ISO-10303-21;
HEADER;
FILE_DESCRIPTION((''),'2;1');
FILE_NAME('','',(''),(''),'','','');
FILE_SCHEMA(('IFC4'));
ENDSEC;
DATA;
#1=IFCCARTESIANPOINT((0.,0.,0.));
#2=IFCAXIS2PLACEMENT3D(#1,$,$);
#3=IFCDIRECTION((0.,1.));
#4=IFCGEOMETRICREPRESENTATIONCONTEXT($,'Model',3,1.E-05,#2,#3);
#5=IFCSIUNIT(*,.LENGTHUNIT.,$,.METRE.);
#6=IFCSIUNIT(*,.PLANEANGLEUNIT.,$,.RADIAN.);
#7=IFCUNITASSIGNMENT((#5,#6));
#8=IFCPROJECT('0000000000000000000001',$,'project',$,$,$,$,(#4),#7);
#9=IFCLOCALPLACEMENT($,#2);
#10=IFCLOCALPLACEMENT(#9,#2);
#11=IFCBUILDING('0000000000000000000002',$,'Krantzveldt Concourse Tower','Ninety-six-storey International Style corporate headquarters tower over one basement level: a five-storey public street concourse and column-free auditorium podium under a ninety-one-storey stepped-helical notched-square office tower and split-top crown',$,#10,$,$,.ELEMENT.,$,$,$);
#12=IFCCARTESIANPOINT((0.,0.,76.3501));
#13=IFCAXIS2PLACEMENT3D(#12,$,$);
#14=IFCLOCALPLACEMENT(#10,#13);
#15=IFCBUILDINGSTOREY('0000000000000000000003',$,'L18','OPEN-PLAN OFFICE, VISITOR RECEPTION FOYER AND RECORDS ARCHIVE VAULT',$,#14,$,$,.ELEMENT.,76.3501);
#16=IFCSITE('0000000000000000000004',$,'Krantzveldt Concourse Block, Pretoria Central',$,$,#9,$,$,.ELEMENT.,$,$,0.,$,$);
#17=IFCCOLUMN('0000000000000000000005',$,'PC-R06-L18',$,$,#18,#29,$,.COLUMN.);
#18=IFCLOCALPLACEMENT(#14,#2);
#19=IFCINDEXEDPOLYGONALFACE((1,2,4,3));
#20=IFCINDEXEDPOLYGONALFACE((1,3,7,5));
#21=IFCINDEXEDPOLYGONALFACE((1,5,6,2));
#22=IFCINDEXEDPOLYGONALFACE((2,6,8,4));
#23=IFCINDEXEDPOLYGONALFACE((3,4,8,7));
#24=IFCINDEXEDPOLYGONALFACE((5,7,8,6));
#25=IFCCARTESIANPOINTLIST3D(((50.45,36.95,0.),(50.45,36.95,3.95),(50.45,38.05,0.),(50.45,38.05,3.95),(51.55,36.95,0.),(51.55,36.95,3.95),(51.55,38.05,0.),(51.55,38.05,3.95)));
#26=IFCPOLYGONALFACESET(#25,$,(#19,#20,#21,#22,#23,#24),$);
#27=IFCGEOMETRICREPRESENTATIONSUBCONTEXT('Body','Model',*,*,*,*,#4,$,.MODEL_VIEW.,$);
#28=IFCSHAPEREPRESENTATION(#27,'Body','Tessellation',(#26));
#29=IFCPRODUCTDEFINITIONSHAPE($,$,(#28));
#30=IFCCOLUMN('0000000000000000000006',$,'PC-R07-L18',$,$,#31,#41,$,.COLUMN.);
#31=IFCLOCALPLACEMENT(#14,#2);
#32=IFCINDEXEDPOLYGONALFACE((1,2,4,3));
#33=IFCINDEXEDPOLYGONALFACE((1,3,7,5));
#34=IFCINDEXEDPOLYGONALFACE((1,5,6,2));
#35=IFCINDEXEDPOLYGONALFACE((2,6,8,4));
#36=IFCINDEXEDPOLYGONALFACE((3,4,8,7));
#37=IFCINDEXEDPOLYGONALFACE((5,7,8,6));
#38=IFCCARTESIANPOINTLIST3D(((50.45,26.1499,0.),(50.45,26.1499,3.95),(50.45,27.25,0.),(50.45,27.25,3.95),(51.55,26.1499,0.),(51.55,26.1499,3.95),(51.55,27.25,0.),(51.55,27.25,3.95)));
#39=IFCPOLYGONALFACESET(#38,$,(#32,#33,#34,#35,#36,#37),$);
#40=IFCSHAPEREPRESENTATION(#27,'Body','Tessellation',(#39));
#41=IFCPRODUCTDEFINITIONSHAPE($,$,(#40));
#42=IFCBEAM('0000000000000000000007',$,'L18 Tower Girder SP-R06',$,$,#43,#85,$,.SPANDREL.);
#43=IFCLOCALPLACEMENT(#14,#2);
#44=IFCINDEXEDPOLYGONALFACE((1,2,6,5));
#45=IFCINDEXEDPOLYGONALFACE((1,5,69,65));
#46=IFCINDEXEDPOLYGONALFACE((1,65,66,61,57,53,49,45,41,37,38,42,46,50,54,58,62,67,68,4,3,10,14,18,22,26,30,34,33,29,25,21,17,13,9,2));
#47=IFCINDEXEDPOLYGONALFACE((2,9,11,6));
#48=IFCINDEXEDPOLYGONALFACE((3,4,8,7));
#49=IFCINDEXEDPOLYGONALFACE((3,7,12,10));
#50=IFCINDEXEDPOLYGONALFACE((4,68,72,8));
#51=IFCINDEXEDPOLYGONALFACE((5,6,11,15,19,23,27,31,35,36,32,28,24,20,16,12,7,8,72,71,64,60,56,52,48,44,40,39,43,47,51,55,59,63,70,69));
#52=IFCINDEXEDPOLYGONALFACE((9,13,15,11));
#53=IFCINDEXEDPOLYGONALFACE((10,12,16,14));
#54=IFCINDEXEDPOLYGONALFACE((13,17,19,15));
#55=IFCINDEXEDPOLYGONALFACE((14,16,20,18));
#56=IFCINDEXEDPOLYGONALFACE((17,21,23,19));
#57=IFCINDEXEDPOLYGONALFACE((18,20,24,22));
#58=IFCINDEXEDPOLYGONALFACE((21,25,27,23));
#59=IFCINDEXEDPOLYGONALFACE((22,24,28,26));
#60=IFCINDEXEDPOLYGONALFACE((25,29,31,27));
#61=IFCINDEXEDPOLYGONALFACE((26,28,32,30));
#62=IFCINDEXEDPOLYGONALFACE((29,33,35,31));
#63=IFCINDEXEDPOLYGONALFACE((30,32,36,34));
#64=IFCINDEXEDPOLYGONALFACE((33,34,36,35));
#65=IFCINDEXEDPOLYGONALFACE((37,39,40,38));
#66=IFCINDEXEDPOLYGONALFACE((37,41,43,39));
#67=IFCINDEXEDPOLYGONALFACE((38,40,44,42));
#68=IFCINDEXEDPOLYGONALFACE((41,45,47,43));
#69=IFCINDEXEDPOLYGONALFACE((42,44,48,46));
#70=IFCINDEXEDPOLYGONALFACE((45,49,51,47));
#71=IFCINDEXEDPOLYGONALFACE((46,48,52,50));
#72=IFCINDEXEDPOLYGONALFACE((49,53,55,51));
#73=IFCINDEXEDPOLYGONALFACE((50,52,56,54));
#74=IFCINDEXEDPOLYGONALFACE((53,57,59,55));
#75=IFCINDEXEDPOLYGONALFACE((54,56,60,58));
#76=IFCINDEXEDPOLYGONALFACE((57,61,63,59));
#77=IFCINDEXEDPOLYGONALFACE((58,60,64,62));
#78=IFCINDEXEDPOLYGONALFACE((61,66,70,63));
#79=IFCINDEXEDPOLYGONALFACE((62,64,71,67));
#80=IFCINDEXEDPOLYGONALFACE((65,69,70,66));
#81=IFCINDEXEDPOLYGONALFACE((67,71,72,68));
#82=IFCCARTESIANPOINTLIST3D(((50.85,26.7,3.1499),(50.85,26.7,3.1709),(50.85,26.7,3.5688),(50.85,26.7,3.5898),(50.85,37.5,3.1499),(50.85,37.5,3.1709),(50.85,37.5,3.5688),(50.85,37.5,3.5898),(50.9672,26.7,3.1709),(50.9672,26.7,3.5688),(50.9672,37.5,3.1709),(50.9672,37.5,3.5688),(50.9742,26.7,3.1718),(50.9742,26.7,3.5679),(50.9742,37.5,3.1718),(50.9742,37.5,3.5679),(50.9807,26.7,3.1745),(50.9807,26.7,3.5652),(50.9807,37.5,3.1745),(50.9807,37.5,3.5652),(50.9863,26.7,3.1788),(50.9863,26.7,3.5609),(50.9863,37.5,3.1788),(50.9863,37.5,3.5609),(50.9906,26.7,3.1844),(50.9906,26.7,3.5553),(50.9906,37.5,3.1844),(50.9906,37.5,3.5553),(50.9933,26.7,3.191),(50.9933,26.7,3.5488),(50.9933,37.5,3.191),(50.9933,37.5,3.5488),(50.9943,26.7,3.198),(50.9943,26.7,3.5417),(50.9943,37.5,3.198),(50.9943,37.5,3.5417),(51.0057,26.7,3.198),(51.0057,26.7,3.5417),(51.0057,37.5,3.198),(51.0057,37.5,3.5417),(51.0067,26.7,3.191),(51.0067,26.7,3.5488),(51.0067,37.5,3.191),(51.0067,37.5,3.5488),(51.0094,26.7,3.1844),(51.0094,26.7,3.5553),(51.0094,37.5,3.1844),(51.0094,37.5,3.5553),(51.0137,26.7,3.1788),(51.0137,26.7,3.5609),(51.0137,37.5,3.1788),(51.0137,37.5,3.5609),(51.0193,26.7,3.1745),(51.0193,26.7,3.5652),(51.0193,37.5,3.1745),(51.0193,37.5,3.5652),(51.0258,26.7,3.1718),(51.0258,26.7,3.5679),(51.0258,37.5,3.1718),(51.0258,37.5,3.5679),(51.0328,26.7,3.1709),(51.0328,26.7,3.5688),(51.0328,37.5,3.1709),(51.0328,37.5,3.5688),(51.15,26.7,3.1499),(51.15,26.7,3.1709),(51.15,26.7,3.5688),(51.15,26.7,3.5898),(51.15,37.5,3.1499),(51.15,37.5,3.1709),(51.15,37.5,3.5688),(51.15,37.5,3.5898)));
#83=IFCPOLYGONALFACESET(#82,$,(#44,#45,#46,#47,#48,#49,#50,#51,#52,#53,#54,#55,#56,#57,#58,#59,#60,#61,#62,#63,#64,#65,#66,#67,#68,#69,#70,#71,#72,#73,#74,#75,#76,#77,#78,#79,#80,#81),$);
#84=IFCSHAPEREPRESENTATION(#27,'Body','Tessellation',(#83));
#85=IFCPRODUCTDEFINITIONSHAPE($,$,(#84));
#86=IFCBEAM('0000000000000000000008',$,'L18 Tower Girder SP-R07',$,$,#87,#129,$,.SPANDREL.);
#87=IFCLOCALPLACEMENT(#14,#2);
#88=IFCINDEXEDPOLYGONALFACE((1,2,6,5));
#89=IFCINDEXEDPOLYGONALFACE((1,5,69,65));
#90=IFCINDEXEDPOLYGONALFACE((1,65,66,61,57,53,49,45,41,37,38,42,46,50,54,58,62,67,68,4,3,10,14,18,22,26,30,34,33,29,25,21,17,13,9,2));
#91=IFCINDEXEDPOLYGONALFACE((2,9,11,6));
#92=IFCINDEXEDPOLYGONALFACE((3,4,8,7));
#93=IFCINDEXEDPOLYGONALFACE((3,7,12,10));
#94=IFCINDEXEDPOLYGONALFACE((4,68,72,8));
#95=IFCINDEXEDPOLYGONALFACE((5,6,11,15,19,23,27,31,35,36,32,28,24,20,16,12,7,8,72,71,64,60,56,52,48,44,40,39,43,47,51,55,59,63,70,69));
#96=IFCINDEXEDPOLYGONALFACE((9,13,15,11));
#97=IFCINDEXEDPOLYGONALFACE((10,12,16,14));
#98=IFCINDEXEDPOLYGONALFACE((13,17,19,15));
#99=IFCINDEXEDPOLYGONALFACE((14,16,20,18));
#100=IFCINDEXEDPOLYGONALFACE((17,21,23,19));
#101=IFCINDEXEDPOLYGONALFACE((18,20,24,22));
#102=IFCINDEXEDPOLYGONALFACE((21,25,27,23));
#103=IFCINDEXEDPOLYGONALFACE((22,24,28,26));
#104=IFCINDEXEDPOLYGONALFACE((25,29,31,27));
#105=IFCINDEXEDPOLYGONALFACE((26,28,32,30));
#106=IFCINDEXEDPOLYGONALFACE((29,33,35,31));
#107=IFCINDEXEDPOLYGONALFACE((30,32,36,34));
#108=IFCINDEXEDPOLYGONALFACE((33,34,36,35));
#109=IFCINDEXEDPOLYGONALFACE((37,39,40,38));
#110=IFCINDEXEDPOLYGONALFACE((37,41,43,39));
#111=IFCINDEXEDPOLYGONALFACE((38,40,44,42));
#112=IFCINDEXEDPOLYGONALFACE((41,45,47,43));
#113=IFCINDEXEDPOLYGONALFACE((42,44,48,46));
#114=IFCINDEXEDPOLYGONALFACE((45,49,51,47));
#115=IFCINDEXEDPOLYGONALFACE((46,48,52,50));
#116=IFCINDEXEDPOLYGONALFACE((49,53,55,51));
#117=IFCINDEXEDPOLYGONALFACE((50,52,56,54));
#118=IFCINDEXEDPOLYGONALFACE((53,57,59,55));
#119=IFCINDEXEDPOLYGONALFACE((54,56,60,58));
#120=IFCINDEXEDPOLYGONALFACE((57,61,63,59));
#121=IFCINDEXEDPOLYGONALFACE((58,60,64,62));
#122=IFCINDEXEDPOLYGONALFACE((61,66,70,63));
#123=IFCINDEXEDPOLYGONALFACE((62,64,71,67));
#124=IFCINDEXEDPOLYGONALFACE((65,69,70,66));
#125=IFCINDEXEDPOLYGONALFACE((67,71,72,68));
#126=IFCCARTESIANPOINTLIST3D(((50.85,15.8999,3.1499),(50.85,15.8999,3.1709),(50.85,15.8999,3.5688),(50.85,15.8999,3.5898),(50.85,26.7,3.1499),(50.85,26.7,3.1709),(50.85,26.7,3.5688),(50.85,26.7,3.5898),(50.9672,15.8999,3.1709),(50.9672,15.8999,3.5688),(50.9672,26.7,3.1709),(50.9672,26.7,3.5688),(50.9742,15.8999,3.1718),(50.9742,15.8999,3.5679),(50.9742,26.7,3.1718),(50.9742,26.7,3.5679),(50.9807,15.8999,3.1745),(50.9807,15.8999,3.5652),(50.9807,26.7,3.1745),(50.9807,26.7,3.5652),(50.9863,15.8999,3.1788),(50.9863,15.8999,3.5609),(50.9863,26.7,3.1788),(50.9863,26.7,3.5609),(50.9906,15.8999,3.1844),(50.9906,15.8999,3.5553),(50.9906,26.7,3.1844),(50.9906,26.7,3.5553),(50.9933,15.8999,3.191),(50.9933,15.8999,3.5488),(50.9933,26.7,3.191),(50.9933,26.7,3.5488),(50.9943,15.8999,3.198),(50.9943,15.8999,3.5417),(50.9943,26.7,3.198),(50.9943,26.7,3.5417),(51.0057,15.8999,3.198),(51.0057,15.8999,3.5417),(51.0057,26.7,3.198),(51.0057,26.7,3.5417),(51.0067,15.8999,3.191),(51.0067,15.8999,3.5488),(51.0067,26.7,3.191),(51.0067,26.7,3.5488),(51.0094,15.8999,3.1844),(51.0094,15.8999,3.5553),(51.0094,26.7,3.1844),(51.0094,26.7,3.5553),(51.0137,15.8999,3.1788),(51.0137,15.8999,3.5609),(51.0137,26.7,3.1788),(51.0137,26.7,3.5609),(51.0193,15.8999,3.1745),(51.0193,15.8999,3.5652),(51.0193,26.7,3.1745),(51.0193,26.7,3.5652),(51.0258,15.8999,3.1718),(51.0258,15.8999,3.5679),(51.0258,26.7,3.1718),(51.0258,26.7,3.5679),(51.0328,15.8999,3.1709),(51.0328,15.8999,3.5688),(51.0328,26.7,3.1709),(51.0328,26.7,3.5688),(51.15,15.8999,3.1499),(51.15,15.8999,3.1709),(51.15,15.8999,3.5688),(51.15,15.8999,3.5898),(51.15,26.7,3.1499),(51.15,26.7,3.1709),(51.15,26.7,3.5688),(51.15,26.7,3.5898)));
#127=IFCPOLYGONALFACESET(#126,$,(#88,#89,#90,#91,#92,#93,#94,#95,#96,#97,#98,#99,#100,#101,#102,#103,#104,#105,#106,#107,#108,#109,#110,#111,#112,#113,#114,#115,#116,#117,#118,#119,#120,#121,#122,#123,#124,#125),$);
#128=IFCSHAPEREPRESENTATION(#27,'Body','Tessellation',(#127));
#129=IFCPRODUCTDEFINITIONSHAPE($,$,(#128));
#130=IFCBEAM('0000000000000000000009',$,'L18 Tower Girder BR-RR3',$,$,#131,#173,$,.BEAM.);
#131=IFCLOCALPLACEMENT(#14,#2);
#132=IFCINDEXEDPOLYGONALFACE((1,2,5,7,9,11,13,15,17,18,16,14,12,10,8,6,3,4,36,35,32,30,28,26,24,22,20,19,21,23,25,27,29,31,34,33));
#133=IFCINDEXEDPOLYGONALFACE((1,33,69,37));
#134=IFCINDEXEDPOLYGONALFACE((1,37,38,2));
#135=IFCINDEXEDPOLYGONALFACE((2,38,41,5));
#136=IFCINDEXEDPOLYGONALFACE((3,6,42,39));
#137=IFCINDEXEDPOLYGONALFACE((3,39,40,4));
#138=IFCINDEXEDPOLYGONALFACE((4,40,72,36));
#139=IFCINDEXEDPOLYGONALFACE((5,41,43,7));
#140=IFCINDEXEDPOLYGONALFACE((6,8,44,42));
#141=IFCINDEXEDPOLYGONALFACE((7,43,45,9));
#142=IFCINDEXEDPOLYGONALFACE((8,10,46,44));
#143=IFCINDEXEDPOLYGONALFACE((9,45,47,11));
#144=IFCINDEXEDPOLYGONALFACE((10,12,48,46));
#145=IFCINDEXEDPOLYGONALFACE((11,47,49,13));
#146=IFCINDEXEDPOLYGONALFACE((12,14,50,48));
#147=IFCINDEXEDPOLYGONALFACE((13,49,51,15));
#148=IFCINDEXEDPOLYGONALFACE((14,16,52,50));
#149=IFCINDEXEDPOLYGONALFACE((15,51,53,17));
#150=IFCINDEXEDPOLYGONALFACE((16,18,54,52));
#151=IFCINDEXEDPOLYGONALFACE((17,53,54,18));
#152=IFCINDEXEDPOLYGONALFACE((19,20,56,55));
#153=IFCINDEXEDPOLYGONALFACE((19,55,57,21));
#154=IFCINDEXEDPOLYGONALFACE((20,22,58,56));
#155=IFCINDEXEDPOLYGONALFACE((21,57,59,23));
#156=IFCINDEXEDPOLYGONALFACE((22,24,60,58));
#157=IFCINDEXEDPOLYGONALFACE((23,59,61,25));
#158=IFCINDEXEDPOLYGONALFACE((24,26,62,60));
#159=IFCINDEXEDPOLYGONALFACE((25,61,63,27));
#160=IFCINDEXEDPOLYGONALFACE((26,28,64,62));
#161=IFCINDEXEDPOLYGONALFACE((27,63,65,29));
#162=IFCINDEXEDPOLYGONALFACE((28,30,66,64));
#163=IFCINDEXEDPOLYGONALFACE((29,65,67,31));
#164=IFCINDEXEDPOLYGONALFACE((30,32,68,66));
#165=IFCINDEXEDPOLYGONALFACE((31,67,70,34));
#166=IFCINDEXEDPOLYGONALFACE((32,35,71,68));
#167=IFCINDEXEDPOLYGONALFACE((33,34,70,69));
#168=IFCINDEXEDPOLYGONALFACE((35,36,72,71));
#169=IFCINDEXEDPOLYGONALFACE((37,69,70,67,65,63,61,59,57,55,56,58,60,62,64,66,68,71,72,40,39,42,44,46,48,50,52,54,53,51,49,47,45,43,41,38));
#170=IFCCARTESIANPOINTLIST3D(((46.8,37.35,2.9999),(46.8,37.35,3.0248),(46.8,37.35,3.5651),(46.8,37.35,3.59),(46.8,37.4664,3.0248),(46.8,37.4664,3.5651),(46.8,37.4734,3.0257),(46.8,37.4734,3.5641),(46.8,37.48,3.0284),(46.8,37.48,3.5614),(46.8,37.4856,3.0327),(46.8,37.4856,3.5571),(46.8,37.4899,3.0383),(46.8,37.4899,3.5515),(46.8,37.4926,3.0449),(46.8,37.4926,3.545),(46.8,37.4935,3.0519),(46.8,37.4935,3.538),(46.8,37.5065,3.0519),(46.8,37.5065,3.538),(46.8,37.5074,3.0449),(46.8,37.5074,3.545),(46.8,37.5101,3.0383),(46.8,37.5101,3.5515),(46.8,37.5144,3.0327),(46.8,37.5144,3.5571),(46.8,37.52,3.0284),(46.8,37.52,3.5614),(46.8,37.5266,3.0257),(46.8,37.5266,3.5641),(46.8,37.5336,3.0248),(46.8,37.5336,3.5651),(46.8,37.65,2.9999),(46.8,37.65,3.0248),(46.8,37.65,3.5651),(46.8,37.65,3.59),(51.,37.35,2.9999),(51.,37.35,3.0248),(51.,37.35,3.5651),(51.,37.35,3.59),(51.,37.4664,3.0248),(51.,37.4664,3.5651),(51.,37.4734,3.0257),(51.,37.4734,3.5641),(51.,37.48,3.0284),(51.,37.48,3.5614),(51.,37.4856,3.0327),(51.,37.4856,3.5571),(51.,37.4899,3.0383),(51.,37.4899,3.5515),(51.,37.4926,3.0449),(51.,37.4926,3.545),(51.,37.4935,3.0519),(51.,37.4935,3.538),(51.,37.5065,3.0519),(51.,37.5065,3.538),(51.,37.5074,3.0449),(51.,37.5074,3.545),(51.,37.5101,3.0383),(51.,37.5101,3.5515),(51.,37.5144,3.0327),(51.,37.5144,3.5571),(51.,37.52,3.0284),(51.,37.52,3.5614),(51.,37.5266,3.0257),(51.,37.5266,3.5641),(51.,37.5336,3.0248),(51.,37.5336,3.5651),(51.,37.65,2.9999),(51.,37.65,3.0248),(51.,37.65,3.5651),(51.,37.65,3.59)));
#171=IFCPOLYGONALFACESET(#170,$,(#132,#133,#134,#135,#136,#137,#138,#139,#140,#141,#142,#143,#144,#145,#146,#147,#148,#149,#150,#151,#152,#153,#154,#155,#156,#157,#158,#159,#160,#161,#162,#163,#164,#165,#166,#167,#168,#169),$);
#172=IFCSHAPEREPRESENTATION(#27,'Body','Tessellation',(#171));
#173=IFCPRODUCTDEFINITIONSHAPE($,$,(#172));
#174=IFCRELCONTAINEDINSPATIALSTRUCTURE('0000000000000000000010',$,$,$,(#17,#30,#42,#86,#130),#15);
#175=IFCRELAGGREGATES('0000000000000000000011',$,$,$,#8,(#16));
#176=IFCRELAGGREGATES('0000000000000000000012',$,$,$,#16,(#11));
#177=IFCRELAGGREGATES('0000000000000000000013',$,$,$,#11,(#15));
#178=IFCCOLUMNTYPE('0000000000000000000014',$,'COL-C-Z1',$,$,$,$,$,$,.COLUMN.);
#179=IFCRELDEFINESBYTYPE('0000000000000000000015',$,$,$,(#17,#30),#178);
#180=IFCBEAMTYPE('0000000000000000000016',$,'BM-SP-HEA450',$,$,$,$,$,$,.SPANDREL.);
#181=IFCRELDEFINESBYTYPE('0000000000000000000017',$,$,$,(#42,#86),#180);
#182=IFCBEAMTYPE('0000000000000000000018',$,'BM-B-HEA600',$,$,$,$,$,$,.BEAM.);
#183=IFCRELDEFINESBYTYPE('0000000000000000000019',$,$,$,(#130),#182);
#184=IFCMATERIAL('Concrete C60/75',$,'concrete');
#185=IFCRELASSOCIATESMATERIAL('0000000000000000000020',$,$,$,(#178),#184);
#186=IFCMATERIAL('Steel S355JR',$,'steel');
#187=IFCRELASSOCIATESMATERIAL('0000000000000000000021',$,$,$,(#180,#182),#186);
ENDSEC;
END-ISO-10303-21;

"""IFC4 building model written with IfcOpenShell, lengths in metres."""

from ifc_helpers import new_model, si_unit, direction, frame, origin, origin_2d, place, context, subcontext, project, spatial, rectangle, i_section, extrude, source, transform, mapped, material, material_profile, profile_set, type_object, type_shapes, element, save


model = new_model("IFC4")

# Units and contexts
model_context = context("Model", 3, precision=1e-05, world=origin(), true_north=direction((0.0, 1.0)))
body_context = subcontext(model_context, "Body", "Model", "MODEL_VIEW")
ifc_project = project(units=[si_unit("LENGTHUNIT", "METRE"), si_unit("PLANEANGLEUNIT", "RADIAN")], contexts=[model_context])

# Site, building, storey
site_placement = place(None, origin())
site = spatial("IfcSite", under=ifc_project, at=site_placement, Name="Krantzveldt Concourse Block, Pretoria Central", CompositionType="ELEMENT", RefElevation=0.0)
building_placement = place(site_placement, origin())
building = spatial("IfcBuilding", under=site, at=building_placement, Name="Krantzveldt Concourse Tower", Description="Ninety-six-storey International Style corporate headquarters tower over one basement level: a five-storey public street concourse and column-free auditorium podium under a ninety-one-storey stepped-helical notched-square office tower and split-top crown", CompositionType="ELEMENT")
storey_placement = place(building_placement, frame((0.0, 0.0, 76.3501)))
storey = spatial("IfcBuildingStorey", under=building, at=storey_placement, Name="L18", Description="OPEN-PLAN OFFICE, VISITOR RECEPTION FOYER AND RECORDS ARCHIVE VAULT", CompositionType="ELEMENT", Elevation=76.3501)

# Columns
ifc_material_1 = material(Name="Concrete C60/75", Category="concrete")
ifc_material_profile_1 = material_profile(ifc_material_1, rectangle(XDim=1.1001, YDim=1.1001, at=origin_2d()), Name="Concrete C60/75", Category="concrete")
ifc_profile_set_1 = profile_set([ifc_material_profile_1], Name="Concrete C60/75 - RC 1100x1100")
column_type = type_object("IfcColumnType", Name="COL-C-Z1", PredefinedType="COLUMN", material=ifc_profile_set_1)
shared_shape_1 = source(origin(), body_context, "Body", "SweptSolid", [
    extrude(rectangle(XDim=1.1001, YDim=1.1001, at=origin_2d()), origin(), (0.0, 0.0, 1.0), 3.95),
])
type_shapes(column_type, [shared_shape_1])
for number, where, z_axis, x_axis, name in (
    (1, (51.0, 37.5, 0.0), (0.0, 0.0, 1.0), (1.0, 0.0, 0.0), "PC-R06-L18"),
    (2, (51.0, 26.7, 0.0), (0.0, 0.0, 1.0), (1.0, 0.0, 0.0), "PC-R07-L18"),
):
    element("IfcColumn", number, at=place(storey_placement, frame(where, z_axis=z_axis, x_axis=x_axis)), inside=storey, type_object=column_type, Name=name, PredefinedType="COLUMN", context=body_context, shape_type="MappedRepresentation", body=[
        mapped(shared_shape_1, transform((0.0, 0.0, 0.0), x_axis=(1.0, 0.0, 0.0), y_axis=(0.0, 1.0, 0.0), z_axis=(0.0, 0.0, 1.0), scale=1.0)),
    ])

# Beams
ifc_material_2 = material(Name="Steel S355JR", Category="steel")
ifc_material_profile_2 = material_profile(ifc_material_2, i_section(OverallWidth=0.3, OverallDepth=0.4399, WebThickness=0.0115, FlangeThickness=0.021, FilletRadius=0.0271, at=origin_2d()), Name="Steel S355JR", Category="steel")
ifc_profile_set_2 = profile_set([ifc_material_profile_2], Name="Steel S355JR - HEA 450")
beam_type_1 = type_object("IfcBeamType", Name="BM-SP-HEA450", PredefinedType="SPANDREL", material=ifc_profile_set_2)
shared_shape_2 = source(origin(), body_context, "Body", "SweptSolid", [
    extrude(i_section(OverallWidth=0.3, OverallDepth=0.4399, WebThickness=0.0115, FlangeThickness=0.021, FilletRadius=0.0271, at=origin_2d()), origin(), (0.0, 0.0, 1.0), 10.8),
])
type_shapes(beam_type_1, [shared_shape_2])
for number, where, z_axis, x_axis, name in (
    (3, (51.0, 37.5, 3.3699), (0.0, -1.0, 0.0), (1.0, 0.0, 0.0), "L18 Tower Girder SP-R06"),
    (4, (51.0, 26.7, 3.3699), (0.0, -1.0, 0.0), (1.0, 0.0, 0.0), "L18 Tower Girder SP-R07"),
):
    element("IfcBeam", number, at=place(storey_placement, frame(where, z_axis=z_axis, x_axis=x_axis)), inside=storey, type_object=beam_type_1, Name=name, PredefinedType="SPANDREL", context=body_context, shape_type="MappedRepresentation", body=[
        mapped(shared_shape_2, transform((0.0, 0.0, 0.0), x_axis=(1.0, 0.0, 0.0), y_axis=(0.0, 1.0, 0.0), z_axis=(0.0, 0.0, 1.0), scale=1.0)),
    ])
ifc_material_profile_3 = material_profile(ifc_material_2, i_section(OverallWidth=0.3, OverallDepth=0.5901, WebThickness=0.0129, FlangeThickness=0.0249, FilletRadius=0.0271, at=origin_2d()), Name="Steel S355JR", Category="steel")
ifc_profile_set_3 = profile_set([ifc_material_profile_3], Name="Steel S355JR - HEA 600")
beam_type_2 = type_object("IfcBeamType", Name="BM-B-HEA600", PredefinedType="BEAM", material=ifc_profile_set_3)
shared_shape_3 = source(origin(), body_context, "Body", "SweptSolid", [
    extrude(i_section(OverallWidth=0.3, OverallDepth=0.5901, WebThickness=0.0129, FlangeThickness=0.0249, FilletRadius=0.0271, at=origin_2d()), origin(), (0.0, 0.0, 1.0), 4.2),
])
type_shapes(beam_type_2, [shared_shape_3])
beam_placement = place(storey_placement, frame((46.8, 37.5, 3.2949), z_axis=(1.0, 0.0, 0.0), x_axis=(0.0, 1.0, 0.0)))
element("IfcBeam", 5, at=beam_placement, inside=storey, type_object=beam_type_2, Name="L18 Tower Girder BR-RR3", PredefinedType="BEAM", context=body_context, shape_type="MappedRepresentation", body=[
    mapped(shared_shape_3, transform((0.0, 0.0, 0.0), x_axis=(1.0, 0.0, 0.0), y_axis=(0.0, 1.0, 0.0), z_axis=(0.0, 0.0, 1.0), scale=1.0)),
])

save(model, "model.ifc")
